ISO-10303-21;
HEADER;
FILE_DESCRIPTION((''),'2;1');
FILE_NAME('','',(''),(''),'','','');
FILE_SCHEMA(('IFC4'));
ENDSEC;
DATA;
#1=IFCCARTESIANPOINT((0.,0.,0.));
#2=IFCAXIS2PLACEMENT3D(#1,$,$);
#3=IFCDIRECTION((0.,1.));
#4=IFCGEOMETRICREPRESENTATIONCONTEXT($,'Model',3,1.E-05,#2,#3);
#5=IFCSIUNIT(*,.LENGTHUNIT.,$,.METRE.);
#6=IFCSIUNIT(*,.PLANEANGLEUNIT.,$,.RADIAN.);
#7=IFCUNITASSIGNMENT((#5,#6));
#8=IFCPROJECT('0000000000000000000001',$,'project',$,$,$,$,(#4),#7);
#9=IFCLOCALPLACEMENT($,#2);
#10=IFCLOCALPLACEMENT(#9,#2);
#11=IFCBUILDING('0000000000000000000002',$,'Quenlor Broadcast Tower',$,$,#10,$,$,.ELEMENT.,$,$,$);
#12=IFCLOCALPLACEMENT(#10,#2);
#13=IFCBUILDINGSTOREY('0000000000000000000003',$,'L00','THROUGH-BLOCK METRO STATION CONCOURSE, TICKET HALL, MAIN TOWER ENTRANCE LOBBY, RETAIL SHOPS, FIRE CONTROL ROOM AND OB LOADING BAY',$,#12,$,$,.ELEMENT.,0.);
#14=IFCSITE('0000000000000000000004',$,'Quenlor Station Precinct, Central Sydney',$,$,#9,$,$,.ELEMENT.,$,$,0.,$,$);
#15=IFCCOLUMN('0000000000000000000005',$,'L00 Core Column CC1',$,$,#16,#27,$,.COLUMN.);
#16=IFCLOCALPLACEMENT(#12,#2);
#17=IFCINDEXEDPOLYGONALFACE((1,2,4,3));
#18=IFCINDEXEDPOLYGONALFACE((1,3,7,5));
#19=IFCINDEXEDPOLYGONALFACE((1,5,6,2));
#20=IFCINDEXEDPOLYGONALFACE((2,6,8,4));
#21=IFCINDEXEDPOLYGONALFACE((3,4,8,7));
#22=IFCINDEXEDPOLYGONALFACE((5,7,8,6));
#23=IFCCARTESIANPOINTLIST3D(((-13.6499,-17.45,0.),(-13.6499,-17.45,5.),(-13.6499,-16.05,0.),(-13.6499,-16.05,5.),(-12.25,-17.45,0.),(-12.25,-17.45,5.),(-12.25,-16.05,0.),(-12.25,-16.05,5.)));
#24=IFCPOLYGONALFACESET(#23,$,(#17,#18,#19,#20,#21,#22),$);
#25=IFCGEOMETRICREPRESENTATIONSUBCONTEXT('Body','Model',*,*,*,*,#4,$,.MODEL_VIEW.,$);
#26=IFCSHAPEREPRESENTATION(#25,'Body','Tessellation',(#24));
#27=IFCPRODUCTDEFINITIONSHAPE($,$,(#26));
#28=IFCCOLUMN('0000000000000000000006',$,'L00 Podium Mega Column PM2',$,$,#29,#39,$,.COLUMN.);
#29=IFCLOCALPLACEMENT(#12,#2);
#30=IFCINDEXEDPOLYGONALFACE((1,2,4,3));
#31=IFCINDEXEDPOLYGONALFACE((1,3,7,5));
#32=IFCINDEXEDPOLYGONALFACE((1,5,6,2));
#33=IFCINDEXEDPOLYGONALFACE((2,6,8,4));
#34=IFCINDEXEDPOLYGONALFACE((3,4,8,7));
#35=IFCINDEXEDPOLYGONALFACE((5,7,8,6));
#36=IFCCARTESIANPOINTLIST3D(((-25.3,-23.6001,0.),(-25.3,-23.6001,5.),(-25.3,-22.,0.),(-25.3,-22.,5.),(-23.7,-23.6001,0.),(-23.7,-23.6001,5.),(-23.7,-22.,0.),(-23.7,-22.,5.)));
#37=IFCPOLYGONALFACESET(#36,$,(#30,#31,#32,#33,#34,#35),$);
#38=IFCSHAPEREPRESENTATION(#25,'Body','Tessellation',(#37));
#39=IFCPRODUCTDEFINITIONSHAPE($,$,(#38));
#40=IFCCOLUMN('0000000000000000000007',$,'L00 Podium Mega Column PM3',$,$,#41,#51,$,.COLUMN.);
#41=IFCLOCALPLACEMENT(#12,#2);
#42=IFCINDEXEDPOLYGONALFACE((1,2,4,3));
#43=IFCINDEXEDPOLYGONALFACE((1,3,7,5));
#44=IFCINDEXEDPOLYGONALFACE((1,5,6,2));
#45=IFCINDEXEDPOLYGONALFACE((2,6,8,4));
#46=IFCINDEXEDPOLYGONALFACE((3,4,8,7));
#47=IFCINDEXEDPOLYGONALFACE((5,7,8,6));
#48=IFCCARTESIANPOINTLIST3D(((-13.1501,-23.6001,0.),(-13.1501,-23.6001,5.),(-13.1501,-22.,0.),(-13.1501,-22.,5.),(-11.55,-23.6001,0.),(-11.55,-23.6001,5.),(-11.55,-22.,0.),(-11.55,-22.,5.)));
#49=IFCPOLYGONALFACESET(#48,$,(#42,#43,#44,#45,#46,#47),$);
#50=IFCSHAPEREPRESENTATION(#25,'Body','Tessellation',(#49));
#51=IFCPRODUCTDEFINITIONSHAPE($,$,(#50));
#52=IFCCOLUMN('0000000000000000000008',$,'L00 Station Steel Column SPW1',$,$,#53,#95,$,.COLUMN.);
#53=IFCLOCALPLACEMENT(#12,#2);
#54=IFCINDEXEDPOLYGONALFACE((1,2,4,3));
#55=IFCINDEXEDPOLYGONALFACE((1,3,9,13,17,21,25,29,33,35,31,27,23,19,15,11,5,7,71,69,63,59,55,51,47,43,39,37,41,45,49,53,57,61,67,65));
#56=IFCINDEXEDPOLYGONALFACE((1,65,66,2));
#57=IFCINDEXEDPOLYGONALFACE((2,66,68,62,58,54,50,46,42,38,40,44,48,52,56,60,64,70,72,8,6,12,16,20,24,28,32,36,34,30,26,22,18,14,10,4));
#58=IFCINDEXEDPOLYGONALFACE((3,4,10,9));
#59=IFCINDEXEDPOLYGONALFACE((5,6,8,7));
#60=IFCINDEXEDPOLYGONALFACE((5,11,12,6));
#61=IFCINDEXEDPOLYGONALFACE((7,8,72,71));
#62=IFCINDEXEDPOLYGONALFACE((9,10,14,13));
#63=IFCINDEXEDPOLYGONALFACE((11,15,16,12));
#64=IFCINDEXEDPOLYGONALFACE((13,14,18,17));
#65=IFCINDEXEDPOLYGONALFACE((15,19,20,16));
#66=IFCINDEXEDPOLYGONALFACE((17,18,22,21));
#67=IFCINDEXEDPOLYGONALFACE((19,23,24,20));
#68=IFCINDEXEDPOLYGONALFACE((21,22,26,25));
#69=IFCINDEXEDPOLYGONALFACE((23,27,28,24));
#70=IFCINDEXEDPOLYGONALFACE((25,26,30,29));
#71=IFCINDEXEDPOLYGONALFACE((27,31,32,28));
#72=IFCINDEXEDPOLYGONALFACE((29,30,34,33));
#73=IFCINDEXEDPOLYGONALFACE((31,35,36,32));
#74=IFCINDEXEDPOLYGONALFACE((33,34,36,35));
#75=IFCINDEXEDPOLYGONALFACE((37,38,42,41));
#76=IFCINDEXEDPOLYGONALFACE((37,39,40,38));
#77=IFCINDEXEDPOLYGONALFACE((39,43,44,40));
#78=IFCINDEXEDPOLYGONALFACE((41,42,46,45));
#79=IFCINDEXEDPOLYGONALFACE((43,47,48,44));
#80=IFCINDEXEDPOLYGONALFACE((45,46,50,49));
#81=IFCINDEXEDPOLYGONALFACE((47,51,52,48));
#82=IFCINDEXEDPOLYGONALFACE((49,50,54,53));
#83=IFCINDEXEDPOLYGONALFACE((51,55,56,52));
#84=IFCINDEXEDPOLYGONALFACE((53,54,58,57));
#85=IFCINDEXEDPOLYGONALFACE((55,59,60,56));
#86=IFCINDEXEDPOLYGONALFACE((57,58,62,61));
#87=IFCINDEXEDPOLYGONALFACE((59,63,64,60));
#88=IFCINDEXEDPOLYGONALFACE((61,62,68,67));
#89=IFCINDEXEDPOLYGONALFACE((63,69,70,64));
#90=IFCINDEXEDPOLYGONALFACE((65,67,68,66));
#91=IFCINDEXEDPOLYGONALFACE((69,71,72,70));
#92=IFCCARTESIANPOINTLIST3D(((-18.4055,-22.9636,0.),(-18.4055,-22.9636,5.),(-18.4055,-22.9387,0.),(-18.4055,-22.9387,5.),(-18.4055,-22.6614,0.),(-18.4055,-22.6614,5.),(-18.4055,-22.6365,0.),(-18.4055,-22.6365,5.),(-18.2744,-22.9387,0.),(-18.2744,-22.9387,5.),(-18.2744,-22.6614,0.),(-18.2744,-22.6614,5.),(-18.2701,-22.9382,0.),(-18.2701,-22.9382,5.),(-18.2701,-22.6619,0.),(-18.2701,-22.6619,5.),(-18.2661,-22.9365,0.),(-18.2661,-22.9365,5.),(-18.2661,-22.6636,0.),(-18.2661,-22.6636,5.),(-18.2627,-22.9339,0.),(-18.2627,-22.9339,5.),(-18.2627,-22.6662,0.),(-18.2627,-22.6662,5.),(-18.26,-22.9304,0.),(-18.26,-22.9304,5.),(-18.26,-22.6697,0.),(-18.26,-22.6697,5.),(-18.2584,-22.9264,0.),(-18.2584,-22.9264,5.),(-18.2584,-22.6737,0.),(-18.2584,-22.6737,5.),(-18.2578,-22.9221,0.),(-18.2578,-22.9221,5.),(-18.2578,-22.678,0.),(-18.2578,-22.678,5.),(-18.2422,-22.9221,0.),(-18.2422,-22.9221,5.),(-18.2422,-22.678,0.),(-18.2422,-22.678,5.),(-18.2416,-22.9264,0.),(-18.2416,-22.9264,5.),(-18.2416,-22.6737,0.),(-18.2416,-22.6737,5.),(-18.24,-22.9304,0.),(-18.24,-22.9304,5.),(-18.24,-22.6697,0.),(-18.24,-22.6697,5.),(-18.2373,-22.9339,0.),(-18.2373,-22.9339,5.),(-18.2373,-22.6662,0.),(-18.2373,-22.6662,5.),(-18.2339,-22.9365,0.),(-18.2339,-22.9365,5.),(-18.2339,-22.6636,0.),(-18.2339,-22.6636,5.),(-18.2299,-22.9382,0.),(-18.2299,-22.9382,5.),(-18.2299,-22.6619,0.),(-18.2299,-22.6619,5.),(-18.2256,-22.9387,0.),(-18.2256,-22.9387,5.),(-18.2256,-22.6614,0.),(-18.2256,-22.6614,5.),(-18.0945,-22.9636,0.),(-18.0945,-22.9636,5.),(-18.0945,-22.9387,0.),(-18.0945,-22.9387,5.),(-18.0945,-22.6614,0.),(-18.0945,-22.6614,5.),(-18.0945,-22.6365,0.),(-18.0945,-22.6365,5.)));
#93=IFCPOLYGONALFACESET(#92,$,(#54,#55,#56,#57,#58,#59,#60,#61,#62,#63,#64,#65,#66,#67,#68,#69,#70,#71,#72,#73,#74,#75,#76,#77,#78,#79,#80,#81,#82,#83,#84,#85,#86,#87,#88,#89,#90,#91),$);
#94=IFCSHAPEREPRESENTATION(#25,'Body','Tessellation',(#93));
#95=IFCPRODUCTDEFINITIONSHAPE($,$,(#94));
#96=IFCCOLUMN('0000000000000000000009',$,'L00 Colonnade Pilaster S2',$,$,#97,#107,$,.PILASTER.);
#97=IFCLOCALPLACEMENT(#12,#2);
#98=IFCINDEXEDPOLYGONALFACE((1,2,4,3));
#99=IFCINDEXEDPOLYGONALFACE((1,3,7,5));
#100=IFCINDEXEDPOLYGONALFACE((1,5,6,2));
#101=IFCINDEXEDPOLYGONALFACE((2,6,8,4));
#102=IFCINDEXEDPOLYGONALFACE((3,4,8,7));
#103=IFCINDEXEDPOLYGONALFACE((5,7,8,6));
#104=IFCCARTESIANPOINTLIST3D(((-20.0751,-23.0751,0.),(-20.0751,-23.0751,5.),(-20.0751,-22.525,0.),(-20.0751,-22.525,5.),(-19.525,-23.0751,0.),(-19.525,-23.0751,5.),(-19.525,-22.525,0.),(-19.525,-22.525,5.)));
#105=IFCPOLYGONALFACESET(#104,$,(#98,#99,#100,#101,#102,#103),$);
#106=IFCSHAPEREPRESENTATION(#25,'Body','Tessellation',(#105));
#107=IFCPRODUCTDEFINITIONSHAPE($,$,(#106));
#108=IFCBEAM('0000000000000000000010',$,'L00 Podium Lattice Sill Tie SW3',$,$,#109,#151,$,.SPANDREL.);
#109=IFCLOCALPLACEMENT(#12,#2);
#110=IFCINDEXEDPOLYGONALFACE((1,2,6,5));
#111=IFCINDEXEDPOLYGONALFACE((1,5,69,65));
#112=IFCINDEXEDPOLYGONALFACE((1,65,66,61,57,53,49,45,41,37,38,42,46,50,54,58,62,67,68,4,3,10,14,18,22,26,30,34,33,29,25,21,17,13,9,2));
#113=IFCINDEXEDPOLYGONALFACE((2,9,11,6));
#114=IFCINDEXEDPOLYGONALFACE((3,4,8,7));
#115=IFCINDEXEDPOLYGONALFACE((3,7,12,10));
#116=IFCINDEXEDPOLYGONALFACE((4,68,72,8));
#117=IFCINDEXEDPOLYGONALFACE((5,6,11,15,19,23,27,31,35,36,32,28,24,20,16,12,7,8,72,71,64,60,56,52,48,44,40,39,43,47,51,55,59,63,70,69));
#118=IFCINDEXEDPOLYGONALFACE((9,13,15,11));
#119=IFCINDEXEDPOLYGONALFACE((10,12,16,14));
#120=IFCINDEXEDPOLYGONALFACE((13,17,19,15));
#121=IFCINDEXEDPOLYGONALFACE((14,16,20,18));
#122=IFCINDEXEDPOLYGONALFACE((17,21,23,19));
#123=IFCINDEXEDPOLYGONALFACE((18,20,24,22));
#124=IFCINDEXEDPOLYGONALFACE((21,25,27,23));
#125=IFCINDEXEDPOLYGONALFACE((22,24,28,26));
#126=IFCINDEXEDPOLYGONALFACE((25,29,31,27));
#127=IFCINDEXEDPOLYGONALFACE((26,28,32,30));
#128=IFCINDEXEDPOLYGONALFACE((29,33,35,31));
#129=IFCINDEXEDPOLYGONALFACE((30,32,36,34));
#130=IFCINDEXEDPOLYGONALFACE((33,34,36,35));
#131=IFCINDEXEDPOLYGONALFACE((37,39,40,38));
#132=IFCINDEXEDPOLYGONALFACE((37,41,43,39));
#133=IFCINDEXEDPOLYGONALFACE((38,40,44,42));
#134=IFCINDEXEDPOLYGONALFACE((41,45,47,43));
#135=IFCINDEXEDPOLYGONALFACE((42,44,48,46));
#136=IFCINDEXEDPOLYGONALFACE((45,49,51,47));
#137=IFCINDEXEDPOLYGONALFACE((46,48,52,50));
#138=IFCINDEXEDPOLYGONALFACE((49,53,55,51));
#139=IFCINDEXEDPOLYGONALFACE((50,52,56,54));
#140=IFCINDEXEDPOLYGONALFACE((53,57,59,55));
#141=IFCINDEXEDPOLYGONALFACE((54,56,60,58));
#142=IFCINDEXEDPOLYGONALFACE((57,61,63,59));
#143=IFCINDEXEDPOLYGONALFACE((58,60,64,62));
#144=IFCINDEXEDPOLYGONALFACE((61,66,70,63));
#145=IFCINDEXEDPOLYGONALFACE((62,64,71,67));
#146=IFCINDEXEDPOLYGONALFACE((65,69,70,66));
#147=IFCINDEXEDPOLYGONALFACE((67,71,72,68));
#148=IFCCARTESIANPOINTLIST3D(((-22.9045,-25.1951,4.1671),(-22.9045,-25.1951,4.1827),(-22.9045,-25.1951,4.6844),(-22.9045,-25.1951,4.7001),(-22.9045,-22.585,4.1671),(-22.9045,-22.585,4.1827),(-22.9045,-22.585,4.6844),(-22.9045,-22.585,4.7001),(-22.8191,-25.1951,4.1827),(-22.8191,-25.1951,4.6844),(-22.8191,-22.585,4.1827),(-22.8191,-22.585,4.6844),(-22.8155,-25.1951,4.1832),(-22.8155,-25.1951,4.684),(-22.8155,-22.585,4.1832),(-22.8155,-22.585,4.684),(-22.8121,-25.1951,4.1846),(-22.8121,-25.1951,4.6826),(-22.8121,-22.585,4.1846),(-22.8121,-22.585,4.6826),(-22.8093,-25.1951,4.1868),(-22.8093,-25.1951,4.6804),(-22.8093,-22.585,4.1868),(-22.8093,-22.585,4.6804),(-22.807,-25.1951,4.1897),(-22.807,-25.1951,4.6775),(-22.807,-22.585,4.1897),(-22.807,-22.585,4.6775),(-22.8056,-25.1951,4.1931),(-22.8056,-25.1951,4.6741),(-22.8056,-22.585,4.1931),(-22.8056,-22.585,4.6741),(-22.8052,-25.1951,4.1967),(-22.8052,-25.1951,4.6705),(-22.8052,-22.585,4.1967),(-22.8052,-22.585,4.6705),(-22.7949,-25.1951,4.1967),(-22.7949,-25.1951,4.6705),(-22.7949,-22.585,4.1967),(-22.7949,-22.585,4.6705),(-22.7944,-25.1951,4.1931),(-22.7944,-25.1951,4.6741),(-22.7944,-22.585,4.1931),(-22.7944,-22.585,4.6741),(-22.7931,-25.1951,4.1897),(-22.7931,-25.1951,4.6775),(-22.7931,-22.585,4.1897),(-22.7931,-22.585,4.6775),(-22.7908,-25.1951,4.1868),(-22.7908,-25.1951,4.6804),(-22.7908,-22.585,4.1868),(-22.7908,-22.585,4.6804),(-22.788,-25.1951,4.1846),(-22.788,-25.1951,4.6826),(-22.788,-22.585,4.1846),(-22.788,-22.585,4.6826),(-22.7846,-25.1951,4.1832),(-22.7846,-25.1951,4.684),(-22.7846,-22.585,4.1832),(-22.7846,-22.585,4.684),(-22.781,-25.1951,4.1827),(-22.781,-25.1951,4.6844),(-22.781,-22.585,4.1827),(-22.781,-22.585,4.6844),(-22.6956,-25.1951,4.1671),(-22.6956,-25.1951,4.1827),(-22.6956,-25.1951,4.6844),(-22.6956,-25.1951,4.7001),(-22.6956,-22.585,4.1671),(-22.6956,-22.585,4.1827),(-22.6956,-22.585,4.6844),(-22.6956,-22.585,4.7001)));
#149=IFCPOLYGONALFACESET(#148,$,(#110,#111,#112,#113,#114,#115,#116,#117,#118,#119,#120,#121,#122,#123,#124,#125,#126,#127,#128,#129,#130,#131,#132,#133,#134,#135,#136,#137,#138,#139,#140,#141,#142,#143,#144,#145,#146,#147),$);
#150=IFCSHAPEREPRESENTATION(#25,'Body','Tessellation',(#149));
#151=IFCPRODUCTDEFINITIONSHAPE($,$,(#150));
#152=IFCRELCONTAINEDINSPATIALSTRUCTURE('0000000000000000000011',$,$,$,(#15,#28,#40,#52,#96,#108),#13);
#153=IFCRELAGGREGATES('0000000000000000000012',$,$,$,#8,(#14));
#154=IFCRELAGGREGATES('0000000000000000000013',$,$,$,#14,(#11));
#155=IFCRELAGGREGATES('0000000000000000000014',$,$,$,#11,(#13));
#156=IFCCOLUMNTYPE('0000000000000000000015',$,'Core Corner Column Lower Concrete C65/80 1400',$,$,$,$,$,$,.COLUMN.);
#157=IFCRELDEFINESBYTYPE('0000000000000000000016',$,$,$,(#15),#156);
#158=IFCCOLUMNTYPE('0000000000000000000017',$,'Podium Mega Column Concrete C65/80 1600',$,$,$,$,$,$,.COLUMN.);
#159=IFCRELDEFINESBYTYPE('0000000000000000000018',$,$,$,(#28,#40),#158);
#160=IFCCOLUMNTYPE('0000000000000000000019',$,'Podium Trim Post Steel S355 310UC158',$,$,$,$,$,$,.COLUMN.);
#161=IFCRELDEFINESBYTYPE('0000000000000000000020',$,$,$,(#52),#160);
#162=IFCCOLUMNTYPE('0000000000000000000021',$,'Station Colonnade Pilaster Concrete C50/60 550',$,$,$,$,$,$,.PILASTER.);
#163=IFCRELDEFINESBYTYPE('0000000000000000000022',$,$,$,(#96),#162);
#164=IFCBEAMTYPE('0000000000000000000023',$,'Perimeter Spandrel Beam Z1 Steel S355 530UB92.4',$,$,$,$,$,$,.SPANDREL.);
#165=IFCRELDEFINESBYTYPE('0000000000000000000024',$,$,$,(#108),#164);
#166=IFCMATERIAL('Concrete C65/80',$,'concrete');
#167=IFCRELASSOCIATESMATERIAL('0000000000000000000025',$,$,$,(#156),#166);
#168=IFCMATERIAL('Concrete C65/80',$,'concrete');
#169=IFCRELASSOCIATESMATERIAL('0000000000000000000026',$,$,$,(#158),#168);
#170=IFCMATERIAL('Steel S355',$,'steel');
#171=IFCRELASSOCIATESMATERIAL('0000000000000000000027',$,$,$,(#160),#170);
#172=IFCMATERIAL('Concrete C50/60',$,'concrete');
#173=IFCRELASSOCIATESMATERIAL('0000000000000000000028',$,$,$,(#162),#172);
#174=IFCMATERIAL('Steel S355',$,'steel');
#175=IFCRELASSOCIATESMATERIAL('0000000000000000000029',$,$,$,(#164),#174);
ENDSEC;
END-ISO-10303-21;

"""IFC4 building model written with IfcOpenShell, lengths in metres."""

from ifc_helpers import new_model, si_unit, direction, frame, origin, origin_2d, place, context, subcontext, project, spatial, rectangle, i_section, extrude, material, material_profile, profile_set, type_object, element, save


model = new_model("IFC4")

# Units and contexts
model_context = context("Model", 3, precision=1e-05, world=origin(), true_north=direction((0.0, 1.0)))
body_context = subcontext(model_context, "Body", "Model", "MODEL_VIEW")
ifc_project = project(units=[si_unit("LENGTHUNIT", "METRE"), si_unit("PLANEANGLEUNIT", "RADIAN")], contexts=[model_context])

# Site, building, storey
site_placement = place(None, origin())
site = spatial("IfcSite", under=ifc_project, at=site_placement, Name="Quenlor Station Precinct, Central Sydney", CompositionType="ELEMENT", RefElevation=0.0)
building_placement = place(site_placement, origin())
building = spatial("IfcBuilding", under=site, at=building_placement, Name="Quenlor Broadcast Tower", CompositionType="ELEMENT")
storey_placement = place(building_placement, origin())
storey = spatial("IfcBuildingStorey", under=building, at=storey_placement, Name="L00", Description="THROUGH-BLOCK METRO STATION CONCOURSE, TICKET HALL, MAIN TOWER ENTRANCE LOBBY, RETAIL SHOPS, FIRE CONTROL ROOM AND OB LOADING BAY", CompositionType="ELEMENT", Elevation=0.0)

# Columns
ifc_material_1 = material(Name="Concrete C65/80", Category="concrete")
ifc_material_profile_1 = material_profile(ifc_material_1, rectangle(XDim=1.3999, YDim=1.3999, at=origin_2d()))
ifc_profile_set_1 = profile_set([ifc_material_profile_1], Name="Concrete C65/80 RC1400x1400")
column_type_1 = type_object("IfcColumnType", Name="Core Corner Column Lower Concrete C65/80 1400", PredefinedType="COLUMN", material=ifc_profile_set_1)
column_1_placement = place(storey_placement, frame((-12.95, -16.75, 0.0), z_axis=(0.0, 0.0, 1.0), x_axis=(1.0, 0.0, 0.0)))
element("IfcColumn", 1, at=column_1_placement, inside=storey, type_object=column_type_1, Name="L00 Core Column CC1", PredefinedType="COLUMN", context=body_context, shape_type="SweptSolid", body=[
    extrude(rectangle(XDim=1.3999, YDim=1.3999, at=origin_2d()), origin(), (0.0, 0.0, 1.0), 5.0),
])
ifc_material_2 = material(Name="Concrete C65/80", Category="concrete")
ifc_material_profile_2 = material_profile(ifc_material_2, rectangle(XDim=1.6001, YDim=1.6001, at=origin_2d()))
ifc_profile_set_2 = profile_set([ifc_material_profile_2], Name="Concrete C65/80 RC1600x1600")
column_type_2 = type_object("IfcColumnType", Name="Podium Mega Column Concrete C65/80 1600", PredefinedType="COLUMN", material=ifc_profile_set_2)
for number, where, z_axis, x_axis, name in (
    (2, (-24.5, -22.8, 0.0), (0.0, 0.0, 1.0), (1.0, 0.0, 0.0), "L00 Podium Mega Column PM2"),
    (3, (-12.3501, -22.8, 0.0), (0.0, 0.0, 1.0), (1.0, 0.0, 0.0), "L00 Podium Mega Column PM3"),
):
    element("IfcColumn", number, at=place(storey_placement, frame(where, z_axis=z_axis, x_axis=x_axis)), inside=storey, type_object=column_type_2, Name=name, PredefinedType="COLUMN", context=body_context, shape_type="SweptSolid", body=[
        extrude(rectangle(XDim=1.6001, YDim=1.6001, at=origin_2d()), origin(), (0.0, 0.0, 1.0), 5.0),
    ])
ifc_material_3 = material(Name="Steel S355", Category="steel")
ifc_material_profile_3 = material_profile(ifc_material_3, i_section(OverallWidth=0.311, OverallDepth=0.3271, WebThickness=0.0156, FlangeThickness=0.0249, FilletRadius=0.0166, at=origin_2d()))
ifc_profile_set_3 = profile_set([ifc_material_profile_3], Name="Steel S355 310UC158")
column_type_3 = type_object("IfcColumnType", Name="Podium Trim Post Steel S355 310UC158", PredefinedType="COLUMN", material=ifc_profile_set_3)
column_2_placement = place(storey_placement, frame((-18.25, -22.8, 0.0), z_axis=(0.0, 0.0, 1.0), x_axis=(1.0, 0.0, 0.0)))
element("IfcColumn", 4, at=column_2_placement, inside=storey, type_object=column_type_3, Name="L00 Station Steel Column SPW1", PredefinedType="COLUMN", context=body_context, shape_type="SweptSolid", body=[
    extrude(i_section(OverallWidth=0.311, OverallDepth=0.3271, WebThickness=0.0156, FlangeThickness=0.0249, FilletRadius=0.0166, at=origin_2d()), origin(), (0.0, 0.0, 1.0), 5.0),
])
ifc_material_4 = material(Name="Concrete C50/60", Category="concrete")
ifc_material_profile_4 = material_profile(ifc_material_4, rectangle(XDim=0.55, YDim=0.55, at=origin_2d()))
ifc_profile_set_4 = profile_set([ifc_material_profile_4], Name="Concrete C50/60 PIL550x550")
column_type_4 = type_object("IfcColumnType", Name="Station Colonnade Pilaster Concrete C50/60 550", PredefinedType="PILASTER", material=ifc_profile_set_4)
column_3_placement = place(storey_placement, frame((-19.8, -22.8, 0.0), z_axis=(0.0, 0.0, 1.0), x_axis=(1.0, 0.0, 0.0)))
element("IfcColumn", 5, at=column_3_placement, inside=storey, type_object=column_type_4, Name="L00 Colonnade Pilaster S2", PredefinedType="PILASTER", context=body_context, shape_type="SweptSolid", body=[
    extrude(rectangle(XDim=0.55, YDim=0.55, at=origin_2d()), origin(), (0.0, 0.0, 1.0), 5.0),
])

# Beam
ifc_material_5 = material(Name="Steel S355", Category="steel")
ifc_material_profile_5 = material_profile(ifc_material_5, i_section(OverallWidth=0.209, OverallDepth=0.533, WebThickness=0.0103, FlangeThickness=0.0156, FilletRadius=0.0139, at=origin_2d()))
ifc_profile_set_5 = profile_set([ifc_material_profile_5], Name="Steel S355 530UB92.4")
beam_type_1 = type_object("IfcBeamType", Name="Perimeter Spandrel Beam Z1 Steel S355 530UB92.4", PredefinedType="SPANDREL", material=ifc_profile_set_5)
beam_1_placement = place(storey_placement, frame((-22.8, -22.585, 4.4336), z_axis=(0.0, -1.0, 0.0), x_axis=(1.0, 0.0, 0.0)))
element("IfcBeam", 6, at=beam_1_placement, inside=storey, type_object=beam_type_1, Name="L00 Podium Lattice Sill Tie SW3", PredefinedType="SPANDREL", context=body_context, shape_type="SweptSolid", body=[
    extrude(i_section(OverallWidth=0.209, OverallDepth=0.533, WebThickness=0.0103, FlangeThickness=0.0156, FilletRadius=0.0139, at=origin_2d()), origin(), (0.0, 0.0, 1.0), 2.6101),
])

save(model, "model.ifc")
